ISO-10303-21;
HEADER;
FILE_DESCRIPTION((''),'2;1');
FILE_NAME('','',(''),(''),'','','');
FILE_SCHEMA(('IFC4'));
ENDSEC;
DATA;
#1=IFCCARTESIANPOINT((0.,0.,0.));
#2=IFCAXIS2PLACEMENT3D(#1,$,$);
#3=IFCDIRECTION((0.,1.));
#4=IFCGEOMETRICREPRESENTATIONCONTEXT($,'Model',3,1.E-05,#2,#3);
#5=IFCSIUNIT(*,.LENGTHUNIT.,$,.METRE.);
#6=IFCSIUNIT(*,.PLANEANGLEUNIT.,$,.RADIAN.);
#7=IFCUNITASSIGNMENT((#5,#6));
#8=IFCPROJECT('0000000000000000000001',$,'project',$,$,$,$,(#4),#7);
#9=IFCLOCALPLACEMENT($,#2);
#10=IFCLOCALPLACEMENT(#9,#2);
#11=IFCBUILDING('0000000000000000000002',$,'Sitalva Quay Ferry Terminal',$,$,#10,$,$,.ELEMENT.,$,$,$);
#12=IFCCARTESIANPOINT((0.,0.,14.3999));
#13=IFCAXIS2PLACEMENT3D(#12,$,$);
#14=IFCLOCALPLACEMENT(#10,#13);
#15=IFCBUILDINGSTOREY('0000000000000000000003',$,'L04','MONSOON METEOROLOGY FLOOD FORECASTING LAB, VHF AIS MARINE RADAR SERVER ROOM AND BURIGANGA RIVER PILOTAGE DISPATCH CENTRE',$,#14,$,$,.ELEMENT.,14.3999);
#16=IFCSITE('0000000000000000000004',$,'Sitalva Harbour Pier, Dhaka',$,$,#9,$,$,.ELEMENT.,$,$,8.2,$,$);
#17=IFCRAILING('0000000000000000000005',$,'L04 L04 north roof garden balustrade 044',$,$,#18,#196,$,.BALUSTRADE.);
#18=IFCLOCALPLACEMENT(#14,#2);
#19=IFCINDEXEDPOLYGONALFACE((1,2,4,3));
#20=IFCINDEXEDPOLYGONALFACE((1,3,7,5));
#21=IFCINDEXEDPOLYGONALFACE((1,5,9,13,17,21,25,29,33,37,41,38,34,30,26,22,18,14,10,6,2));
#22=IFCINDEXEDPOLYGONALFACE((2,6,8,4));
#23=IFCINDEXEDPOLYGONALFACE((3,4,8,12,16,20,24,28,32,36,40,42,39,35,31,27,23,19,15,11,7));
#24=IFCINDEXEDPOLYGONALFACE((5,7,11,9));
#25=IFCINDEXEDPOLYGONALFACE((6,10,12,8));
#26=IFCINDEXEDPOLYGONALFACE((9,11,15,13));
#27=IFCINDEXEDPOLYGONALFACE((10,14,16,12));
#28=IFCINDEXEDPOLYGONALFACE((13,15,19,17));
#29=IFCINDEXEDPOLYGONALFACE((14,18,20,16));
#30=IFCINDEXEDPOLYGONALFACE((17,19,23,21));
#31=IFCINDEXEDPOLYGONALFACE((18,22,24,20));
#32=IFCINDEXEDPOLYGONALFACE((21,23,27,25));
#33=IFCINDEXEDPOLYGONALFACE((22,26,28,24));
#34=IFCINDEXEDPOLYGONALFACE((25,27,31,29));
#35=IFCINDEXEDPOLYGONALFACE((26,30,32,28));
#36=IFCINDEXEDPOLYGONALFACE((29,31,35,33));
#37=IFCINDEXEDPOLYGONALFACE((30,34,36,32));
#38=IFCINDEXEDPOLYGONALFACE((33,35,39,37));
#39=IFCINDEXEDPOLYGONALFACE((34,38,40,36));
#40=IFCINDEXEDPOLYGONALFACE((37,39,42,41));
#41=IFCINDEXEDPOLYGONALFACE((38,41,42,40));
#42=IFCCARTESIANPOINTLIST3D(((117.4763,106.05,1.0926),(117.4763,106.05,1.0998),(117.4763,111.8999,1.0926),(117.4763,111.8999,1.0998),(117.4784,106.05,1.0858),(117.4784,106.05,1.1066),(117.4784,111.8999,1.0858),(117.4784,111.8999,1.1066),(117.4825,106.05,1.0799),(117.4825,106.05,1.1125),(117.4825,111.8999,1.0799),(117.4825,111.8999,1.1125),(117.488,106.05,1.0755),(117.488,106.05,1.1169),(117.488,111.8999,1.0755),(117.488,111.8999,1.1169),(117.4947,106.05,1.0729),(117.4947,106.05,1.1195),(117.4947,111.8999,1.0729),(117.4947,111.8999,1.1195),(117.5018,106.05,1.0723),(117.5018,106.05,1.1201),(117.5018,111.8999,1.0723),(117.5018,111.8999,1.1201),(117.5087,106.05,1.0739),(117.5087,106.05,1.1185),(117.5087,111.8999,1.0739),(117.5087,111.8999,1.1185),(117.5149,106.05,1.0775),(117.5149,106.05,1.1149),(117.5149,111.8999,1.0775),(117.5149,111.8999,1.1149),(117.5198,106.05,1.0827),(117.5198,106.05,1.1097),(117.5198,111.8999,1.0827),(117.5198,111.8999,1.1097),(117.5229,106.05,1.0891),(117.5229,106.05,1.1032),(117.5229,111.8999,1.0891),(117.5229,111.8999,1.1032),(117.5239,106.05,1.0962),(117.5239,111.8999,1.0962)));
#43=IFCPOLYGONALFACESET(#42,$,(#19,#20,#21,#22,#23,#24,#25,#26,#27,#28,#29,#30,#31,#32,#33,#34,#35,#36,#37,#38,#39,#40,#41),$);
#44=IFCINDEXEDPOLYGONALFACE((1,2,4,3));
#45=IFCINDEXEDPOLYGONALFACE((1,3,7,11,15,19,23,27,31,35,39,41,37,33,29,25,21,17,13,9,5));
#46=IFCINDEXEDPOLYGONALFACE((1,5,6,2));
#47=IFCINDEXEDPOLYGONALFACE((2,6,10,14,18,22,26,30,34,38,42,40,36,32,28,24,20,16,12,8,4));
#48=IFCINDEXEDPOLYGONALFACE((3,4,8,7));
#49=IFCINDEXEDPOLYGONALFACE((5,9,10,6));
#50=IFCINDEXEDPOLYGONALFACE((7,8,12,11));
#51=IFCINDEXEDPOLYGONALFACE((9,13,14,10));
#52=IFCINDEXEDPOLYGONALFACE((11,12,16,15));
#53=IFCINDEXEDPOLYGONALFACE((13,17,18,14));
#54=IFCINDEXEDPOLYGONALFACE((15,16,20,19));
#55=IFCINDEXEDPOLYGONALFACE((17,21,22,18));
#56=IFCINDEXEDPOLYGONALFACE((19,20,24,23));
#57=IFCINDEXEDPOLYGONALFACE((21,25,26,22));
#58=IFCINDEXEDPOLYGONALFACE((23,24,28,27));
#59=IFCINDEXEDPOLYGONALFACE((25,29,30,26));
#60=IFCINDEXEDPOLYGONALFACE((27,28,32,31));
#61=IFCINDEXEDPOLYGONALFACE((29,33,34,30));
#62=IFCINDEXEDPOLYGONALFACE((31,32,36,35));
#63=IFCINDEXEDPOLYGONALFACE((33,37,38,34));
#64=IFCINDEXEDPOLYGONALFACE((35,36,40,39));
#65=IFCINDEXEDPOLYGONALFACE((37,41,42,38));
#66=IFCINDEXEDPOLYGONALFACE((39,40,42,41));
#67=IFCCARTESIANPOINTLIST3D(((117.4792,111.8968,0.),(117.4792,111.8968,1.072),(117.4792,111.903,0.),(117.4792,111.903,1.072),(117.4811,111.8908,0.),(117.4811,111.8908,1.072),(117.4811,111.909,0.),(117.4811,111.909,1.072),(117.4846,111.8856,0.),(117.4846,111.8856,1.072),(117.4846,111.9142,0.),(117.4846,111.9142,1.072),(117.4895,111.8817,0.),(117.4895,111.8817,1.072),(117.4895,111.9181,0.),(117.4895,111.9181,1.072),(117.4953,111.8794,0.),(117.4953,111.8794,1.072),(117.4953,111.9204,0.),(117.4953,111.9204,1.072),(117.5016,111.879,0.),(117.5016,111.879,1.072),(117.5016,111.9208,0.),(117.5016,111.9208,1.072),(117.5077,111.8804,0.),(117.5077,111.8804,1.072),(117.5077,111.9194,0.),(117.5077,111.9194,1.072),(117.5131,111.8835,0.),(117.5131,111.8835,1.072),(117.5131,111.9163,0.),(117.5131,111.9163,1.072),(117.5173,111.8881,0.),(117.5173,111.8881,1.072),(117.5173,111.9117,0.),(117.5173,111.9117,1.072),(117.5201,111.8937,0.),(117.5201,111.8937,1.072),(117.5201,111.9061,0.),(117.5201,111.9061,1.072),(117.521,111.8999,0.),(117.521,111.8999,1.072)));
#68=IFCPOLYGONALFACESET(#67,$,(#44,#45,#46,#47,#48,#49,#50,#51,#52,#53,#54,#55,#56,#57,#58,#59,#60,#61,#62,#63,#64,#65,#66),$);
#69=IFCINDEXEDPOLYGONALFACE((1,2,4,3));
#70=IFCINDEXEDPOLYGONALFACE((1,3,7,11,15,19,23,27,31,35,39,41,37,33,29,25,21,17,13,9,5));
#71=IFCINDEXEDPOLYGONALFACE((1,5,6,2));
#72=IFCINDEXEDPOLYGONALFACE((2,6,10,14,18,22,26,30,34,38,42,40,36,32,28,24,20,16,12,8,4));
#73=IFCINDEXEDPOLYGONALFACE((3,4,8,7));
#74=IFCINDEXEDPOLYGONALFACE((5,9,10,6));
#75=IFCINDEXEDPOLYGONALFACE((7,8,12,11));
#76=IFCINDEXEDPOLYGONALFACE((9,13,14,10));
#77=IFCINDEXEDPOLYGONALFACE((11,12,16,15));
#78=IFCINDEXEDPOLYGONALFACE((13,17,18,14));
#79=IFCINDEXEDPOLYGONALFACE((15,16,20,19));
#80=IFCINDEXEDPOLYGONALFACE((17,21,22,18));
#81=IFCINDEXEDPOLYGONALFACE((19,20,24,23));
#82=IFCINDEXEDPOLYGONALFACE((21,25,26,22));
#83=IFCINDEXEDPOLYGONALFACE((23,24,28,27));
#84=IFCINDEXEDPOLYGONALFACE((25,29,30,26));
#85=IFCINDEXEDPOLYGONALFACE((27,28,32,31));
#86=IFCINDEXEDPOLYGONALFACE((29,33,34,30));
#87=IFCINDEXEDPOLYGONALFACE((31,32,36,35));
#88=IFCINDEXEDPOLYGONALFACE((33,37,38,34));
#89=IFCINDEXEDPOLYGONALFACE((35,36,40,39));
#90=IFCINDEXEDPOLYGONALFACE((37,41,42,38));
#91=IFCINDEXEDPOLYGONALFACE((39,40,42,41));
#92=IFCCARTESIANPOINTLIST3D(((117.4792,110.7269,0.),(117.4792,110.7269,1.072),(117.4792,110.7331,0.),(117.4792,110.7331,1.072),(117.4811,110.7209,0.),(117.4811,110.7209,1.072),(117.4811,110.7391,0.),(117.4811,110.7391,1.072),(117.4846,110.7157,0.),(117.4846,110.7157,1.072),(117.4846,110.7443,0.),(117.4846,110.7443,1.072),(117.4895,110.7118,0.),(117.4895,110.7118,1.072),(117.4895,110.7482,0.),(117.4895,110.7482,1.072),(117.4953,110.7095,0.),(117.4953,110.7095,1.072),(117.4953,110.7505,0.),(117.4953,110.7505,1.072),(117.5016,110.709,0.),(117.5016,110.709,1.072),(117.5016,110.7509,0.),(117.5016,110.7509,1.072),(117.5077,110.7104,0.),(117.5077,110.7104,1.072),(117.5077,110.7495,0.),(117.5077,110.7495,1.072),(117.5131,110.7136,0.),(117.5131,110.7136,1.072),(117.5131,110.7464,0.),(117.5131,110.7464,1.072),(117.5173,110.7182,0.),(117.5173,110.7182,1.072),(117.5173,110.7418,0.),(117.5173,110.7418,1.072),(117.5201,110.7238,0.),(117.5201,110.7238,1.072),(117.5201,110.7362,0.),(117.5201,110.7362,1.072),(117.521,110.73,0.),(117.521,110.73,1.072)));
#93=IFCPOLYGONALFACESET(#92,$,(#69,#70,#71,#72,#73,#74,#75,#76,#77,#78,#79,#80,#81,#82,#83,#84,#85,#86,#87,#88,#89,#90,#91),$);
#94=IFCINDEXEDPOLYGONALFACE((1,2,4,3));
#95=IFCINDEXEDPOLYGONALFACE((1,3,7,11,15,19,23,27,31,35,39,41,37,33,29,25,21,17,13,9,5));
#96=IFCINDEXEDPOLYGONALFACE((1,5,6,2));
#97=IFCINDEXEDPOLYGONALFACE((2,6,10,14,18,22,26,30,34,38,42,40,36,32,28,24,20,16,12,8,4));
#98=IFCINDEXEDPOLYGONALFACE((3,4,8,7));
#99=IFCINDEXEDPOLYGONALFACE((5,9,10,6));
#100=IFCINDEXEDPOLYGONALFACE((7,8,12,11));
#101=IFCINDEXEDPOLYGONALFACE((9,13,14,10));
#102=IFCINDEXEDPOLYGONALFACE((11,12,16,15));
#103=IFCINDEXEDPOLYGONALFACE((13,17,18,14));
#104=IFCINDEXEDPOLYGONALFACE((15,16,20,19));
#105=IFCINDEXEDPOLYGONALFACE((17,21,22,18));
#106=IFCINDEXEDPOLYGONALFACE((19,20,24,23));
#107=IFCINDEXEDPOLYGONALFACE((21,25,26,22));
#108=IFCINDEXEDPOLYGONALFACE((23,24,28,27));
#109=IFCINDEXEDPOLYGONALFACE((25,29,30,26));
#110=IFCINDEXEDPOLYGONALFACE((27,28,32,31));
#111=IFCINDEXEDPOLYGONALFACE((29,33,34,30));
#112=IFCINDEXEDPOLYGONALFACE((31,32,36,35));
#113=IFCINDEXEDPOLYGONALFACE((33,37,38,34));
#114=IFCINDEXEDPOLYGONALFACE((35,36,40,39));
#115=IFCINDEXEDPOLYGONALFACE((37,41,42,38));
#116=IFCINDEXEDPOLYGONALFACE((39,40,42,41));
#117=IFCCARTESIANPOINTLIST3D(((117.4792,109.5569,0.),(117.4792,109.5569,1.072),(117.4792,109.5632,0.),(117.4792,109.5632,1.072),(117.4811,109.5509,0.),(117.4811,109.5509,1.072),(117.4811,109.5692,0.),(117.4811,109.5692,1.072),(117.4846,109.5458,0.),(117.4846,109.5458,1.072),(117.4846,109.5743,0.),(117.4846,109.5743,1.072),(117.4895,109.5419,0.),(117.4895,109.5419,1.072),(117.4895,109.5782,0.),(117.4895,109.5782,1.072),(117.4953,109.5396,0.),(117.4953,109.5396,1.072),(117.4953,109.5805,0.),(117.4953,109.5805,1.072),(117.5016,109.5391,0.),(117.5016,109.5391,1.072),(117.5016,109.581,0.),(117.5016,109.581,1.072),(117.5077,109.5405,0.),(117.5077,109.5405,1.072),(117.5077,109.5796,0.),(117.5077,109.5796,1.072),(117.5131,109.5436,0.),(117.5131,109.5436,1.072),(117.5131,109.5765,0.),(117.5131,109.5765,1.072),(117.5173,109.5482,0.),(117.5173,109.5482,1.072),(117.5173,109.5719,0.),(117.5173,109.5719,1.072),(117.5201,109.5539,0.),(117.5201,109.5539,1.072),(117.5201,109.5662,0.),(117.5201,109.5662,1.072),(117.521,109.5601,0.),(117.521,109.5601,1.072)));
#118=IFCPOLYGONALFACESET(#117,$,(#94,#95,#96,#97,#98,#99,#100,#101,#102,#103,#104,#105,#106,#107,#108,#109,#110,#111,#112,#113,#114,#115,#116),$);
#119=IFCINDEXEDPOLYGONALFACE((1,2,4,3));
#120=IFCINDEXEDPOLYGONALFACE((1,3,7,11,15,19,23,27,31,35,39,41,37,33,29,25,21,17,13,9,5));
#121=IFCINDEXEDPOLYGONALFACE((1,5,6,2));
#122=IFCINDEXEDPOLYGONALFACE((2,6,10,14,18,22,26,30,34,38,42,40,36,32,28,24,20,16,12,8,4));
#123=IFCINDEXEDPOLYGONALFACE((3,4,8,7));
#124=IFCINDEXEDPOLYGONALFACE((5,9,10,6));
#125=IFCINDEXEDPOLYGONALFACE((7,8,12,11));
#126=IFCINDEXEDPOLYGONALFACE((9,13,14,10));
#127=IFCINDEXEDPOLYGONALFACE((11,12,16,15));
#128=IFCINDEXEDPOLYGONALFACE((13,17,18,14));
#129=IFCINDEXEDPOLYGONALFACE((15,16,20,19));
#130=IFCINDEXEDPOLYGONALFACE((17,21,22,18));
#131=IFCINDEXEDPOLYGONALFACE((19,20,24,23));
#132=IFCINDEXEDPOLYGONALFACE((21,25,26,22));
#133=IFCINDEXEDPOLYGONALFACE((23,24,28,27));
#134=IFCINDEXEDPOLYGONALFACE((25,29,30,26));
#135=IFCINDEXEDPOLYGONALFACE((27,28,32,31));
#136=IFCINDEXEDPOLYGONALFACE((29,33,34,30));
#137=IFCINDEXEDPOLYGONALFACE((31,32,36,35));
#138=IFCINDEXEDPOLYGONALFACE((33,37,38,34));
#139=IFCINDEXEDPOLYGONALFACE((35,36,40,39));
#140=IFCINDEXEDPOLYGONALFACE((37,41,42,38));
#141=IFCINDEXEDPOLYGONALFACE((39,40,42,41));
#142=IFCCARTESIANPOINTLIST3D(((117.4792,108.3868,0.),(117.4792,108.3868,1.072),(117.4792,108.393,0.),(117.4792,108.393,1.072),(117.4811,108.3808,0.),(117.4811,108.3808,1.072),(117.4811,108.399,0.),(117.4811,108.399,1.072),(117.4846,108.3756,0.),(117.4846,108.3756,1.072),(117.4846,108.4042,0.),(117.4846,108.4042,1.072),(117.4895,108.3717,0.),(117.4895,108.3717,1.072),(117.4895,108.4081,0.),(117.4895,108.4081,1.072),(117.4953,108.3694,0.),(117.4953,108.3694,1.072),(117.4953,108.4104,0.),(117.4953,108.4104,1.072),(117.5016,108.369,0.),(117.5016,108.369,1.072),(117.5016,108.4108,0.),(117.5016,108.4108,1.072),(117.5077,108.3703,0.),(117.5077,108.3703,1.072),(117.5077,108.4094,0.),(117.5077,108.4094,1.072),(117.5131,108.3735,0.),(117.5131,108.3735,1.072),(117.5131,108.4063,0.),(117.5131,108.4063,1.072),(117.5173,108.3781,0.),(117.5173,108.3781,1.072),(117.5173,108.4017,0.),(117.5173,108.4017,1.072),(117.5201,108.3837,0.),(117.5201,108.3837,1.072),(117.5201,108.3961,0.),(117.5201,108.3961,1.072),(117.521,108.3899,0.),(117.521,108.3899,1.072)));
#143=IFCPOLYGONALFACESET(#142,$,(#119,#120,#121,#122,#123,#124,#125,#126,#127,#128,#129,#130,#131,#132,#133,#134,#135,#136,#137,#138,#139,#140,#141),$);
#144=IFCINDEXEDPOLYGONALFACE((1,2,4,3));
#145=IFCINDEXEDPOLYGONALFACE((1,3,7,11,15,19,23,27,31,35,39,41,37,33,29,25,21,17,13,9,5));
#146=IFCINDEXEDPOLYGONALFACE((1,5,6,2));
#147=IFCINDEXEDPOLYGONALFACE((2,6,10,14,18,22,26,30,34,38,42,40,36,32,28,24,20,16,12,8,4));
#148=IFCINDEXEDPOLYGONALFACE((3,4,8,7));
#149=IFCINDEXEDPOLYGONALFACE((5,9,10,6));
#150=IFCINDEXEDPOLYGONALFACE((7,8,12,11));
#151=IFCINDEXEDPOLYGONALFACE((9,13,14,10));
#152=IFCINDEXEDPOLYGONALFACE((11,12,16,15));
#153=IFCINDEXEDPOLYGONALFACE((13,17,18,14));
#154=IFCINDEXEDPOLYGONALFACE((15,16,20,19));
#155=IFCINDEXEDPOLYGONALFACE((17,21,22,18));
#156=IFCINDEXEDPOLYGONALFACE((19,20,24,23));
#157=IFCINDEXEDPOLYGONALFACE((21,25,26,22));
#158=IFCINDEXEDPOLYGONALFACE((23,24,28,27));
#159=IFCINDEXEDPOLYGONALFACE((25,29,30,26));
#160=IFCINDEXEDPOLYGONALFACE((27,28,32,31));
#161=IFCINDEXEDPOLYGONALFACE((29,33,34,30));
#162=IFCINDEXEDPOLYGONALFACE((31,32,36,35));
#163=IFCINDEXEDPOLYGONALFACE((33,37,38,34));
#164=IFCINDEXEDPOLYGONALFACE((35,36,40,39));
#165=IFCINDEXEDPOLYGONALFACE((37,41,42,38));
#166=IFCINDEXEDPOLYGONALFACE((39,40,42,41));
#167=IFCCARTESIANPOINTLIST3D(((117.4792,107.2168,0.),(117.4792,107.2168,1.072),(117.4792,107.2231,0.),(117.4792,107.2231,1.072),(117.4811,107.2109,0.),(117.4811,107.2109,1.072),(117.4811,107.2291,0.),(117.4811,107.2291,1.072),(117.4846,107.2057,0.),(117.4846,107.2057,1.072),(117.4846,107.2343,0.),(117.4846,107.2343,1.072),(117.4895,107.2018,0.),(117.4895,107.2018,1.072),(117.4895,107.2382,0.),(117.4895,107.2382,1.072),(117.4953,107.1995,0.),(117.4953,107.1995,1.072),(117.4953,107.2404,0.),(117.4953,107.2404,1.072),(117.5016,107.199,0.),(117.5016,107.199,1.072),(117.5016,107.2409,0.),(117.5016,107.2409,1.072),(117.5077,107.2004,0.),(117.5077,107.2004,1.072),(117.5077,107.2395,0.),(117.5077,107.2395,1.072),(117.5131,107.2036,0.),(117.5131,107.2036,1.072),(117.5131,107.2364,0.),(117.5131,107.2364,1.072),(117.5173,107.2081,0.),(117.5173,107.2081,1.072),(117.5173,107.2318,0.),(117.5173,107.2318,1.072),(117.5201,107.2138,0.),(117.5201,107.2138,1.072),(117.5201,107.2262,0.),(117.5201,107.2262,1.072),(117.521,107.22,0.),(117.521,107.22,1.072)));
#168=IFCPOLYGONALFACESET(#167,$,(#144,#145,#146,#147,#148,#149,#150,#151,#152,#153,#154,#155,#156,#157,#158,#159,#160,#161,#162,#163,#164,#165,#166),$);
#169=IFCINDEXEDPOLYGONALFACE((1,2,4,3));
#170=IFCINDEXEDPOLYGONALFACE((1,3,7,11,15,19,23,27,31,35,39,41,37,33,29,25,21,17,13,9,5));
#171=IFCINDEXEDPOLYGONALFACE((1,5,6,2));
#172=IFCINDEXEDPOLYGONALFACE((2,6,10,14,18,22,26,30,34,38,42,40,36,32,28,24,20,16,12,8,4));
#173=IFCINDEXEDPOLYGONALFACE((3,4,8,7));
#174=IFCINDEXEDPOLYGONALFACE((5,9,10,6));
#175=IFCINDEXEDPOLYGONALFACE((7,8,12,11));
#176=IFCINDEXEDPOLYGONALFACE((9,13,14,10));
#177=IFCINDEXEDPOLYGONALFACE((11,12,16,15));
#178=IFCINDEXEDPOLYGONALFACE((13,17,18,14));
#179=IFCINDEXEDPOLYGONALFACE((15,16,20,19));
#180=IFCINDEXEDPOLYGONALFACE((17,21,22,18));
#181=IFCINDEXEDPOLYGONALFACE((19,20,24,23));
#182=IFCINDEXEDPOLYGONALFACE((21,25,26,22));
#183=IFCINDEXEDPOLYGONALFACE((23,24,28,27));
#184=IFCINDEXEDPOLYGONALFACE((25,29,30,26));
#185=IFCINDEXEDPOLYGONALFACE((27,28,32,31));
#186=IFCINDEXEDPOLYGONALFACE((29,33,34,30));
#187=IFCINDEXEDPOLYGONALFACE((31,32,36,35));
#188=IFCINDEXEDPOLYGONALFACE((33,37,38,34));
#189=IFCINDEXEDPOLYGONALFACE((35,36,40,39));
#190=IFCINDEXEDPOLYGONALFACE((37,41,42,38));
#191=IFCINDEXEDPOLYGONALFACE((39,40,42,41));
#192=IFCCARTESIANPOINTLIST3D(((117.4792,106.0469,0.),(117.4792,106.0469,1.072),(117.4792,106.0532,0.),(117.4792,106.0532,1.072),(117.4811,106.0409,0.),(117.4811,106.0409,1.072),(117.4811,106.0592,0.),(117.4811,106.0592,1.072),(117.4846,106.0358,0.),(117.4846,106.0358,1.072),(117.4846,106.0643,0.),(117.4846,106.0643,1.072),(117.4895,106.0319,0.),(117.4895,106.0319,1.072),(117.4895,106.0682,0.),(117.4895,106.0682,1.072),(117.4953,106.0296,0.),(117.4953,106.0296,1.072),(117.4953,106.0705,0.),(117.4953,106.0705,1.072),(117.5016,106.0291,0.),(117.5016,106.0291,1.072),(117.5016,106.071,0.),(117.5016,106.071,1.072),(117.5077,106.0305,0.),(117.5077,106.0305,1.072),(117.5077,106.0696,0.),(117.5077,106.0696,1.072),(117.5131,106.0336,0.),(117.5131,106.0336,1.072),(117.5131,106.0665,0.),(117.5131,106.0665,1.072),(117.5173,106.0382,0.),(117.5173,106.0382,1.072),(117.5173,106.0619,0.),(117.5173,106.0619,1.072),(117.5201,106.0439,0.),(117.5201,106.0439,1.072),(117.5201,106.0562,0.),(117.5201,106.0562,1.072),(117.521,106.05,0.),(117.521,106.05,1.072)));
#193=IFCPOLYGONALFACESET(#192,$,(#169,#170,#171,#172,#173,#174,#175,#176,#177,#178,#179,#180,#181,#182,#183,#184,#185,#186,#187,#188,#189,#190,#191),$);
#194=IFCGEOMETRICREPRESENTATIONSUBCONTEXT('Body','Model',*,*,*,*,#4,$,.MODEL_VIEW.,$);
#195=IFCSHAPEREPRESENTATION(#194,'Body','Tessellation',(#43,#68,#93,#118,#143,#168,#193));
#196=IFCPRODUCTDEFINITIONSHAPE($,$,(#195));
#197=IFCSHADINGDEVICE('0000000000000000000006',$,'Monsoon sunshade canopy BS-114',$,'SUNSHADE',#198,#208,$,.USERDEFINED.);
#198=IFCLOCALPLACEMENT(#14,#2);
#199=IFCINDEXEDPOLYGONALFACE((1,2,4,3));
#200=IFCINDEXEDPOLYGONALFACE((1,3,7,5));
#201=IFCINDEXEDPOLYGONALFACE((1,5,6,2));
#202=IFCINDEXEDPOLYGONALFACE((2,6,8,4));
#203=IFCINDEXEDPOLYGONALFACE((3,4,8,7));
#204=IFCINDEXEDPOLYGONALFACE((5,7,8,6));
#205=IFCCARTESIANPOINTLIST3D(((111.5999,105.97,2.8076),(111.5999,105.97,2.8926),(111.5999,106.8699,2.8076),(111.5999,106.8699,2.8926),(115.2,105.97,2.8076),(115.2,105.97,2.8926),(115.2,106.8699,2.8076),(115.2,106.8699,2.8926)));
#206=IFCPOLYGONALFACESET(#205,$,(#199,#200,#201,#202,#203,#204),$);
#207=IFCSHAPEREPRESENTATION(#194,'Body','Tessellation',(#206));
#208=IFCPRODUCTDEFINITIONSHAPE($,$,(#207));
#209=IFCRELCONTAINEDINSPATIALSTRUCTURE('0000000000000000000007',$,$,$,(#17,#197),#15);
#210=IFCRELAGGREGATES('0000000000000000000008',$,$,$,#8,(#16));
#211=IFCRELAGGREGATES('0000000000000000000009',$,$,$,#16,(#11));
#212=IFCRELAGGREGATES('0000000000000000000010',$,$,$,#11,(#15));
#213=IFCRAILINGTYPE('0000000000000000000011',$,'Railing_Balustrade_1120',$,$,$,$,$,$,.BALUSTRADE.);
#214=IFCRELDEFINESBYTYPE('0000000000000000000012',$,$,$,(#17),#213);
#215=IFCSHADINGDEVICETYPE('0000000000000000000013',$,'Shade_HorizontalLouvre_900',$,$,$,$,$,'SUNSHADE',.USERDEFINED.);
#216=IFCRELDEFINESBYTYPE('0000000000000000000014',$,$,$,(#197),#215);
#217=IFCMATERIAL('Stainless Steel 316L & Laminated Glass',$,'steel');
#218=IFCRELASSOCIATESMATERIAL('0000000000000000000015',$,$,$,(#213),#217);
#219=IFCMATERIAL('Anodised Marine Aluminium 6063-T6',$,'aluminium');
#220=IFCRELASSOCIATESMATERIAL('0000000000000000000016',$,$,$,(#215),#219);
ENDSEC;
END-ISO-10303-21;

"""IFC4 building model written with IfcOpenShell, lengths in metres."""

from ifc_helpers import new_model, si_unit, direction, frame, origin, origin_2d, place, context, subcontext, project, spatial, rectangle, circle, extrude, material, type_object, element, save


model = new_model("IFC4")

# Units and contexts
model_context = context("Model", 3, precision=1e-05, world=origin(), true_north=direction((0.0, 1.0)))
body_context = subcontext(model_context, "Body", "Model", "MODEL_VIEW")
ifc_project = project(units=[si_unit("LENGTHUNIT", "METRE"), si_unit("PLANEANGLEUNIT", "RADIAN")], contexts=[model_context])

# Site, building, storey
site_placement = place(None, origin())
site = spatial("IfcSite", under=ifc_project, at=site_placement, Name="Sitalva Harbour Pier, Dhaka", CompositionType="ELEMENT", RefElevation=8.2)
building_placement = place(site_placement, origin())
building = spatial("IfcBuilding", under=site, at=building_placement, Name="Sitalva Quay Ferry Terminal", CompositionType="ELEMENT")
storey_placement = place(building_placement, frame((0.0, 0.0, 14.3999)))
storey = spatial("IfcBuildingStorey", under=building, at=storey_placement, Name="L04", Description="MONSOON METEOROLOGY FLOOD FORECASTING LAB, VHF AIS MARINE RADAR SERVER ROOM AND BURIGANGA RIVER PILOTAGE DISPATCH CENTRE", CompositionType="ELEMENT", Elevation=14.3999)

# Railing
ifc_material_1 = material(Name="Stainless Steel 316L & Laminated Glass", Category="steel")
railing_type = type_object("IfcRailingType", Name="Railing_Balustrade_1120", PredefinedType="BALUSTRADE", material=ifc_material_1)
railing_placement = place(storey_placement, frame((117.5, 111.8999, 0.0)))
element("IfcRailing", 1, at=railing_placement, inside=storey, type_object=railing_type, Name="L04 L04 north roof garden balustrade 044", PredefinedType="BALUSTRADE", context=body_context, shape_type="SweptSolid", body=[
    extrude(circle(Radius=0.0239, at=origin_2d()), frame((0.0, 0.0, 1.0962), z_axis=(0.0, -1.0, 0.0), x_axis=(1.0, 0.0, 0.0)), (0.0, 0.0, 1.0), 5.8499),
    extrude(circle(Radius=0.021, at=origin_2d()), origin(), (0.0, 0.0, 1.0), 1.072),
    extrude(circle(Radius=0.021, at=origin_2d()), frame((0.0, -1.1699, 0.0)), (0.0, 0.0, 1.0), 1.072),
    extrude(circle(Radius=0.021, at=origin_2d()), frame((0.0, -2.3398, 0.0)), (0.0, 0.0, 1.0), 1.072),
    extrude(circle(Radius=0.021, at=origin_2d()), frame((0.0, -3.51, 0.0)), (0.0, 0.0, 1.0), 1.072),
    extrude(circle(Radius=0.021, at=origin_2d()), frame((0.0, -4.6799, 0.0)), (0.0, 0.0, 1.0), 1.072),
    extrude(circle(Radius=0.021, at=origin_2d()), frame((0.0, -5.8499, 0.0)), (0.0, 0.0, 1.0), 1.072),
])

# Shading device
ifc_material_2 = material(Name="Anodised Marine Aluminium 6063-T6", Category="aluminium")
shading_device_type = type_object("IfcShadingDeviceType", Name="Shade_HorizontalLouvre_900", ElementType="SUNSHADE", PredefinedType="USERDEFINED", material=ifc_material_2)
for number, where, z_axis, x_axis, name in (
    (2, (113.3999, 106.4199, 2.8076), (0.0, 0.0, 1.0), (1.0, 0.0, 0.0), "Monsoon sunshade canopy BS-114"),
):
    element("IfcShadingDevice", number, at=place(storey_placement, frame(where, z_axis=z_axis, x_axis=x_axis)), inside=storey, type_object=shading_device_type, Name=name, ObjectType="SUNSHADE", PredefinedType="USERDEFINED", context=body_context, shape_type="SweptSolid", body=[
        extrude(rectangle(XDim=3.6001, YDim=0.8999, at=origin_2d()), origin(), (0.0, 0.0, 1.0), 0.085),
    ])

save(model, "model.ifc")
